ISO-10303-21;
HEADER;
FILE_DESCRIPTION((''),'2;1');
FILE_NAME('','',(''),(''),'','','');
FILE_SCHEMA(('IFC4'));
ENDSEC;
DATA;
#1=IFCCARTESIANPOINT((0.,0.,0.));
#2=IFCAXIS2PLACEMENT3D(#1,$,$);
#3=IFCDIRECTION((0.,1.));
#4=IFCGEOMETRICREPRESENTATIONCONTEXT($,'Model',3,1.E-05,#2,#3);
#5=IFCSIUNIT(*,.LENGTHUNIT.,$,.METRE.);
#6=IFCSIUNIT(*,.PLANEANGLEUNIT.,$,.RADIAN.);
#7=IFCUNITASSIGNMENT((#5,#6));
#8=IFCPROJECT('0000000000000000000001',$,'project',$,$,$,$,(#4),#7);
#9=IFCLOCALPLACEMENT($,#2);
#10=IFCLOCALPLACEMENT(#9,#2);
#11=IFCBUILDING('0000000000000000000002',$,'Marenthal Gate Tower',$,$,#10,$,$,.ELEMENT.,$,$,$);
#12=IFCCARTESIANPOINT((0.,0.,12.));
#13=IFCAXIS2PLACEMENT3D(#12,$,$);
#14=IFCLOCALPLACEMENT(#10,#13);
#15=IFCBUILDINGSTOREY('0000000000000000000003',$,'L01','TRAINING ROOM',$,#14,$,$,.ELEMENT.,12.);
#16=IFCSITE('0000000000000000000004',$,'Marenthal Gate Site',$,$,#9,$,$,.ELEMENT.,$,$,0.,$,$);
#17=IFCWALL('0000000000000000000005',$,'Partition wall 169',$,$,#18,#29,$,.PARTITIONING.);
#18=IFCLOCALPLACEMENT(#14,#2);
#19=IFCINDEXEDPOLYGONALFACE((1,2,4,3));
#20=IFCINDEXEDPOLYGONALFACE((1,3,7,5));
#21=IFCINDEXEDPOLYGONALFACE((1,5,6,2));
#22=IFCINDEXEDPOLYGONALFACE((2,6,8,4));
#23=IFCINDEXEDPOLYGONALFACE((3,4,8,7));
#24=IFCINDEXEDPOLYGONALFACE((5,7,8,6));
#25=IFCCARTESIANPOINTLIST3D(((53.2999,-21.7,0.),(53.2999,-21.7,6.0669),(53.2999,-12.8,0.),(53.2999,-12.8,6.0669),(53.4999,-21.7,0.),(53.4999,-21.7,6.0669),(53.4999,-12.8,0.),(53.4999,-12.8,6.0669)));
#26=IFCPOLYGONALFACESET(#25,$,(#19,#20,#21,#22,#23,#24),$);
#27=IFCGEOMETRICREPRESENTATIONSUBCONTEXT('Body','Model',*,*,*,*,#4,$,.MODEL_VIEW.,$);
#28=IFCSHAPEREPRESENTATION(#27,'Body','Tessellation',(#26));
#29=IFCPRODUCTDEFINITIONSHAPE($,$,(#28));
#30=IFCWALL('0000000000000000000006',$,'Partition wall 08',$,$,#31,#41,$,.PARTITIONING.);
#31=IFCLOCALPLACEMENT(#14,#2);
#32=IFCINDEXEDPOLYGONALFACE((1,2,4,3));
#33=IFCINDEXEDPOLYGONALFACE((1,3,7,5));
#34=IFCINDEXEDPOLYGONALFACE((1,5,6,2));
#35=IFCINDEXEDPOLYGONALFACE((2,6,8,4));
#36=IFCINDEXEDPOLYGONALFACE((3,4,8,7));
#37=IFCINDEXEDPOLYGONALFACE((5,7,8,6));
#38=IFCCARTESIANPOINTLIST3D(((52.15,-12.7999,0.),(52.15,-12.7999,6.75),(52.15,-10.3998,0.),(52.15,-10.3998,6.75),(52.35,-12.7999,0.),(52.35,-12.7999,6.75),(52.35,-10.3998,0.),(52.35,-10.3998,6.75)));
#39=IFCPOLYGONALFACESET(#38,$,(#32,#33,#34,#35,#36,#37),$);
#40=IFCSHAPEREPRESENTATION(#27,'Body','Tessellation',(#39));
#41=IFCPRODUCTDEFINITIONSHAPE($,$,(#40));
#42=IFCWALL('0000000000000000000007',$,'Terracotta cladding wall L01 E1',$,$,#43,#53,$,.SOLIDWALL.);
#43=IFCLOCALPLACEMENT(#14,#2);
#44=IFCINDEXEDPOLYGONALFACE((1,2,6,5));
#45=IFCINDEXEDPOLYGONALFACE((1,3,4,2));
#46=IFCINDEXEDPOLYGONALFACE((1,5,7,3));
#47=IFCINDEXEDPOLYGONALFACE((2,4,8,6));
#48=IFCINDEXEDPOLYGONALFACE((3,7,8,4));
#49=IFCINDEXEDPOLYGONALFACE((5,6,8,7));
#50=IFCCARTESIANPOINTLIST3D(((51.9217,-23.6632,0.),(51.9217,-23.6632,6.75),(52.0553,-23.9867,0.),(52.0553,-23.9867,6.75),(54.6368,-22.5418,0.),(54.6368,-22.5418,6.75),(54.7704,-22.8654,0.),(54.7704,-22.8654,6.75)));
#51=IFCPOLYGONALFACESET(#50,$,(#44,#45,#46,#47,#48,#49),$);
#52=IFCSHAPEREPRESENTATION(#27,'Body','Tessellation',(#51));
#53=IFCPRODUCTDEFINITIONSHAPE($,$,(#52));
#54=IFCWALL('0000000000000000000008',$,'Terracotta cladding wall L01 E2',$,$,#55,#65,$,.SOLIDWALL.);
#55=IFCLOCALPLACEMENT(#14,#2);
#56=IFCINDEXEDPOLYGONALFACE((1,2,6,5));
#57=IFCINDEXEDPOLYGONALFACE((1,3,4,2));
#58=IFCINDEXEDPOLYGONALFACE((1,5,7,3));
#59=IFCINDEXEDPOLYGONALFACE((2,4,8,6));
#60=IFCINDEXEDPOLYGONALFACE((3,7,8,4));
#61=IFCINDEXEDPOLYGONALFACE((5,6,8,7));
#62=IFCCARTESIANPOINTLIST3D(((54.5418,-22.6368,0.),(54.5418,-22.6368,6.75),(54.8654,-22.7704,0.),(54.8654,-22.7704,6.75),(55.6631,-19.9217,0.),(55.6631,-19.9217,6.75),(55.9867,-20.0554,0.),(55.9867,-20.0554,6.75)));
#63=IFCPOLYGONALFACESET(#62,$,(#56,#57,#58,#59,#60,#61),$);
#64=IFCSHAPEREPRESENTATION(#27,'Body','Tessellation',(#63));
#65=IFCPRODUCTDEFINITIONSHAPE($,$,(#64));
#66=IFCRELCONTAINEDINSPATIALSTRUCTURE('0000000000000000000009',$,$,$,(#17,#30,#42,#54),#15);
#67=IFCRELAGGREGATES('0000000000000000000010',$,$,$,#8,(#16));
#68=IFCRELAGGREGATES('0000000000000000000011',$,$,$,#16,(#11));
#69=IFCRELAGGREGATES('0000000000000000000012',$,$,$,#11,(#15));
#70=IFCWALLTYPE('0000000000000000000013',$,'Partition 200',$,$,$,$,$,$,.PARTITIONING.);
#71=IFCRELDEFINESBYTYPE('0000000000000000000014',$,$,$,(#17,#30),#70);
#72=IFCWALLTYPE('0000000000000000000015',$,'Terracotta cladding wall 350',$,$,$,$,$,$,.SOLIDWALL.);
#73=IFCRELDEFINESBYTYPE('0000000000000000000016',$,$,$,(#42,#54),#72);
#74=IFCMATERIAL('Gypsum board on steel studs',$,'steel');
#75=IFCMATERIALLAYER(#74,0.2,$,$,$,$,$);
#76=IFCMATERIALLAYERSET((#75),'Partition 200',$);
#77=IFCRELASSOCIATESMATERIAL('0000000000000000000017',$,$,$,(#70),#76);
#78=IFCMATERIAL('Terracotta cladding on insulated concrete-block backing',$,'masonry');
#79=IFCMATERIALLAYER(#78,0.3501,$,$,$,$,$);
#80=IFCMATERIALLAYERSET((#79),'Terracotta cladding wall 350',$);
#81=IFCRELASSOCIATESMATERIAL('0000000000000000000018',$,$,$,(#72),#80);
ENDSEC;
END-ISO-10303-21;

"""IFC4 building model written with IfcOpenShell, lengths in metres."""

from ifc_helpers import new_model, si_unit, direction, frame, frame_2d, origin, place, context, subcontext, project, spatial, rectangle, extrude, material, layer, layer_set, type_object, element, save


model = new_model("IFC4")

# Units and contexts
model_context = context("Model", 3, precision=1e-05, world=origin(), true_north=direction((0.0, 1.0)))
body_context = subcontext(model_context, "Body", "Model", "MODEL_VIEW")
ifc_project = project(units=[si_unit("LENGTHUNIT", "METRE"), si_unit("PLANEANGLEUNIT", "RADIAN")], contexts=[model_context])

# Site, building, storey
site_placement = place(None, origin())
site = spatial("IfcSite", under=ifc_project, at=site_placement, Name="Marenthal Gate Site", CompositionType="ELEMENT", RefElevation=0.0)
building_placement = place(site_placement, origin())
building = spatial("IfcBuilding", under=site, at=building_placement, Name="Marenthal Gate Tower", CompositionType="ELEMENT")
storey_placement = place(building_placement, frame((0.0, 0.0, 12.0)))
storey = spatial("IfcBuildingStorey", under=building, at=storey_placement, Name="L01", Description="TRAINING ROOM", CompositionType="ELEMENT", Elevation=12.0)

# Walls
ifc_material_1 = material(Name="Gypsum board on steel studs", Category="steel")
ifc_layer_1 = layer(ifc_material_1, 0.2)
ifc_layer_set_1 = layer_set([ifc_layer_1], Name="Partition 200")
wall_type_1 = type_object("IfcWallType", Name="Partition 200", PredefinedType="PARTITIONING", material=ifc_layer_set_1)
wall_1_placement = place(storey_placement, frame((53.3999, -21.7, 0.0), z_axis=(0.0, 0.0, 1.0), x_axis=(0.0, 1.0, 0.0)))
element("IfcWall", 1, at=wall_1_placement, inside=storey, type_object=wall_type_1, Name="Partition wall 169", PredefinedType="PARTITIONING", context=body_context, shape_type="SweptSolid", body=[
    extrude(rectangle(XDim=8.8999, YDim=0.2, at=frame_2d((4.45, 0.0))), origin(), (0.0, 0.0, 1.0), 6.0669),
])
wall_2_placement = place(storey_placement, frame((52.25, -12.8, 0.0), z_axis=(0.0, 0.0, 1.0), x_axis=(0.0, 1.0, 0.0)))
element("IfcWall", 2, at=wall_2_placement, inside=storey, type_object=wall_type_1, Name="Partition wall 08", PredefinedType="PARTITIONING", context=body_context, shape_type="SweptSolid", body=[
    extrude(rectangle(XDim=2.4001, YDim=0.2, at=frame_2d((1.2002, 0.0))), origin(), (0.0, 0.0, 1.0), 6.75),
])
ifc_material_2 = material(Name="Terracotta cladding on insulated concrete-block backing", Category="masonry")
ifc_layer_2 = layer(ifc_material_2, 0.3501)
ifc_layer_set_2 = layer_set([ifc_layer_2], Name="Terracotta cladding wall 350")
wall_type_2 = type_object("IfcWallType", Name="Terracotta cladding wall 350", PredefinedType="SOLIDWALL", material=ifc_layer_set_2)
for number, where, z_axis, x_axis, name in (
    (3, (51.9885, -23.825, 0.0), (0.0, 0.0, 1.0), (0.924275, 0.381728, 0.0), "Terracotta cladding wall L01 E1"),
    (4, (54.7036, -22.7036, 0.0), (0.0, 0.0, 1.0), (0.381728, 0.924275, 0.0), "Terracotta cladding wall L01 E2"),
):
    element("IfcWall", number, at=place(storey_placement, frame(where, z_axis=z_axis, x_axis=x_axis)), inside=storey, type_object=wall_type_2, Name=name, PredefinedType="SOLIDWALL", context=body_context, shape_type="SweptSolid", body=[
        extrude(rectangle(XDim=2.9375, YDim=0.3501, at=frame_2d((1.4688, 0.0))), origin(), (0.0, 0.0, 1.0), 6.75),
    ])

save(model, "model.ifc")
